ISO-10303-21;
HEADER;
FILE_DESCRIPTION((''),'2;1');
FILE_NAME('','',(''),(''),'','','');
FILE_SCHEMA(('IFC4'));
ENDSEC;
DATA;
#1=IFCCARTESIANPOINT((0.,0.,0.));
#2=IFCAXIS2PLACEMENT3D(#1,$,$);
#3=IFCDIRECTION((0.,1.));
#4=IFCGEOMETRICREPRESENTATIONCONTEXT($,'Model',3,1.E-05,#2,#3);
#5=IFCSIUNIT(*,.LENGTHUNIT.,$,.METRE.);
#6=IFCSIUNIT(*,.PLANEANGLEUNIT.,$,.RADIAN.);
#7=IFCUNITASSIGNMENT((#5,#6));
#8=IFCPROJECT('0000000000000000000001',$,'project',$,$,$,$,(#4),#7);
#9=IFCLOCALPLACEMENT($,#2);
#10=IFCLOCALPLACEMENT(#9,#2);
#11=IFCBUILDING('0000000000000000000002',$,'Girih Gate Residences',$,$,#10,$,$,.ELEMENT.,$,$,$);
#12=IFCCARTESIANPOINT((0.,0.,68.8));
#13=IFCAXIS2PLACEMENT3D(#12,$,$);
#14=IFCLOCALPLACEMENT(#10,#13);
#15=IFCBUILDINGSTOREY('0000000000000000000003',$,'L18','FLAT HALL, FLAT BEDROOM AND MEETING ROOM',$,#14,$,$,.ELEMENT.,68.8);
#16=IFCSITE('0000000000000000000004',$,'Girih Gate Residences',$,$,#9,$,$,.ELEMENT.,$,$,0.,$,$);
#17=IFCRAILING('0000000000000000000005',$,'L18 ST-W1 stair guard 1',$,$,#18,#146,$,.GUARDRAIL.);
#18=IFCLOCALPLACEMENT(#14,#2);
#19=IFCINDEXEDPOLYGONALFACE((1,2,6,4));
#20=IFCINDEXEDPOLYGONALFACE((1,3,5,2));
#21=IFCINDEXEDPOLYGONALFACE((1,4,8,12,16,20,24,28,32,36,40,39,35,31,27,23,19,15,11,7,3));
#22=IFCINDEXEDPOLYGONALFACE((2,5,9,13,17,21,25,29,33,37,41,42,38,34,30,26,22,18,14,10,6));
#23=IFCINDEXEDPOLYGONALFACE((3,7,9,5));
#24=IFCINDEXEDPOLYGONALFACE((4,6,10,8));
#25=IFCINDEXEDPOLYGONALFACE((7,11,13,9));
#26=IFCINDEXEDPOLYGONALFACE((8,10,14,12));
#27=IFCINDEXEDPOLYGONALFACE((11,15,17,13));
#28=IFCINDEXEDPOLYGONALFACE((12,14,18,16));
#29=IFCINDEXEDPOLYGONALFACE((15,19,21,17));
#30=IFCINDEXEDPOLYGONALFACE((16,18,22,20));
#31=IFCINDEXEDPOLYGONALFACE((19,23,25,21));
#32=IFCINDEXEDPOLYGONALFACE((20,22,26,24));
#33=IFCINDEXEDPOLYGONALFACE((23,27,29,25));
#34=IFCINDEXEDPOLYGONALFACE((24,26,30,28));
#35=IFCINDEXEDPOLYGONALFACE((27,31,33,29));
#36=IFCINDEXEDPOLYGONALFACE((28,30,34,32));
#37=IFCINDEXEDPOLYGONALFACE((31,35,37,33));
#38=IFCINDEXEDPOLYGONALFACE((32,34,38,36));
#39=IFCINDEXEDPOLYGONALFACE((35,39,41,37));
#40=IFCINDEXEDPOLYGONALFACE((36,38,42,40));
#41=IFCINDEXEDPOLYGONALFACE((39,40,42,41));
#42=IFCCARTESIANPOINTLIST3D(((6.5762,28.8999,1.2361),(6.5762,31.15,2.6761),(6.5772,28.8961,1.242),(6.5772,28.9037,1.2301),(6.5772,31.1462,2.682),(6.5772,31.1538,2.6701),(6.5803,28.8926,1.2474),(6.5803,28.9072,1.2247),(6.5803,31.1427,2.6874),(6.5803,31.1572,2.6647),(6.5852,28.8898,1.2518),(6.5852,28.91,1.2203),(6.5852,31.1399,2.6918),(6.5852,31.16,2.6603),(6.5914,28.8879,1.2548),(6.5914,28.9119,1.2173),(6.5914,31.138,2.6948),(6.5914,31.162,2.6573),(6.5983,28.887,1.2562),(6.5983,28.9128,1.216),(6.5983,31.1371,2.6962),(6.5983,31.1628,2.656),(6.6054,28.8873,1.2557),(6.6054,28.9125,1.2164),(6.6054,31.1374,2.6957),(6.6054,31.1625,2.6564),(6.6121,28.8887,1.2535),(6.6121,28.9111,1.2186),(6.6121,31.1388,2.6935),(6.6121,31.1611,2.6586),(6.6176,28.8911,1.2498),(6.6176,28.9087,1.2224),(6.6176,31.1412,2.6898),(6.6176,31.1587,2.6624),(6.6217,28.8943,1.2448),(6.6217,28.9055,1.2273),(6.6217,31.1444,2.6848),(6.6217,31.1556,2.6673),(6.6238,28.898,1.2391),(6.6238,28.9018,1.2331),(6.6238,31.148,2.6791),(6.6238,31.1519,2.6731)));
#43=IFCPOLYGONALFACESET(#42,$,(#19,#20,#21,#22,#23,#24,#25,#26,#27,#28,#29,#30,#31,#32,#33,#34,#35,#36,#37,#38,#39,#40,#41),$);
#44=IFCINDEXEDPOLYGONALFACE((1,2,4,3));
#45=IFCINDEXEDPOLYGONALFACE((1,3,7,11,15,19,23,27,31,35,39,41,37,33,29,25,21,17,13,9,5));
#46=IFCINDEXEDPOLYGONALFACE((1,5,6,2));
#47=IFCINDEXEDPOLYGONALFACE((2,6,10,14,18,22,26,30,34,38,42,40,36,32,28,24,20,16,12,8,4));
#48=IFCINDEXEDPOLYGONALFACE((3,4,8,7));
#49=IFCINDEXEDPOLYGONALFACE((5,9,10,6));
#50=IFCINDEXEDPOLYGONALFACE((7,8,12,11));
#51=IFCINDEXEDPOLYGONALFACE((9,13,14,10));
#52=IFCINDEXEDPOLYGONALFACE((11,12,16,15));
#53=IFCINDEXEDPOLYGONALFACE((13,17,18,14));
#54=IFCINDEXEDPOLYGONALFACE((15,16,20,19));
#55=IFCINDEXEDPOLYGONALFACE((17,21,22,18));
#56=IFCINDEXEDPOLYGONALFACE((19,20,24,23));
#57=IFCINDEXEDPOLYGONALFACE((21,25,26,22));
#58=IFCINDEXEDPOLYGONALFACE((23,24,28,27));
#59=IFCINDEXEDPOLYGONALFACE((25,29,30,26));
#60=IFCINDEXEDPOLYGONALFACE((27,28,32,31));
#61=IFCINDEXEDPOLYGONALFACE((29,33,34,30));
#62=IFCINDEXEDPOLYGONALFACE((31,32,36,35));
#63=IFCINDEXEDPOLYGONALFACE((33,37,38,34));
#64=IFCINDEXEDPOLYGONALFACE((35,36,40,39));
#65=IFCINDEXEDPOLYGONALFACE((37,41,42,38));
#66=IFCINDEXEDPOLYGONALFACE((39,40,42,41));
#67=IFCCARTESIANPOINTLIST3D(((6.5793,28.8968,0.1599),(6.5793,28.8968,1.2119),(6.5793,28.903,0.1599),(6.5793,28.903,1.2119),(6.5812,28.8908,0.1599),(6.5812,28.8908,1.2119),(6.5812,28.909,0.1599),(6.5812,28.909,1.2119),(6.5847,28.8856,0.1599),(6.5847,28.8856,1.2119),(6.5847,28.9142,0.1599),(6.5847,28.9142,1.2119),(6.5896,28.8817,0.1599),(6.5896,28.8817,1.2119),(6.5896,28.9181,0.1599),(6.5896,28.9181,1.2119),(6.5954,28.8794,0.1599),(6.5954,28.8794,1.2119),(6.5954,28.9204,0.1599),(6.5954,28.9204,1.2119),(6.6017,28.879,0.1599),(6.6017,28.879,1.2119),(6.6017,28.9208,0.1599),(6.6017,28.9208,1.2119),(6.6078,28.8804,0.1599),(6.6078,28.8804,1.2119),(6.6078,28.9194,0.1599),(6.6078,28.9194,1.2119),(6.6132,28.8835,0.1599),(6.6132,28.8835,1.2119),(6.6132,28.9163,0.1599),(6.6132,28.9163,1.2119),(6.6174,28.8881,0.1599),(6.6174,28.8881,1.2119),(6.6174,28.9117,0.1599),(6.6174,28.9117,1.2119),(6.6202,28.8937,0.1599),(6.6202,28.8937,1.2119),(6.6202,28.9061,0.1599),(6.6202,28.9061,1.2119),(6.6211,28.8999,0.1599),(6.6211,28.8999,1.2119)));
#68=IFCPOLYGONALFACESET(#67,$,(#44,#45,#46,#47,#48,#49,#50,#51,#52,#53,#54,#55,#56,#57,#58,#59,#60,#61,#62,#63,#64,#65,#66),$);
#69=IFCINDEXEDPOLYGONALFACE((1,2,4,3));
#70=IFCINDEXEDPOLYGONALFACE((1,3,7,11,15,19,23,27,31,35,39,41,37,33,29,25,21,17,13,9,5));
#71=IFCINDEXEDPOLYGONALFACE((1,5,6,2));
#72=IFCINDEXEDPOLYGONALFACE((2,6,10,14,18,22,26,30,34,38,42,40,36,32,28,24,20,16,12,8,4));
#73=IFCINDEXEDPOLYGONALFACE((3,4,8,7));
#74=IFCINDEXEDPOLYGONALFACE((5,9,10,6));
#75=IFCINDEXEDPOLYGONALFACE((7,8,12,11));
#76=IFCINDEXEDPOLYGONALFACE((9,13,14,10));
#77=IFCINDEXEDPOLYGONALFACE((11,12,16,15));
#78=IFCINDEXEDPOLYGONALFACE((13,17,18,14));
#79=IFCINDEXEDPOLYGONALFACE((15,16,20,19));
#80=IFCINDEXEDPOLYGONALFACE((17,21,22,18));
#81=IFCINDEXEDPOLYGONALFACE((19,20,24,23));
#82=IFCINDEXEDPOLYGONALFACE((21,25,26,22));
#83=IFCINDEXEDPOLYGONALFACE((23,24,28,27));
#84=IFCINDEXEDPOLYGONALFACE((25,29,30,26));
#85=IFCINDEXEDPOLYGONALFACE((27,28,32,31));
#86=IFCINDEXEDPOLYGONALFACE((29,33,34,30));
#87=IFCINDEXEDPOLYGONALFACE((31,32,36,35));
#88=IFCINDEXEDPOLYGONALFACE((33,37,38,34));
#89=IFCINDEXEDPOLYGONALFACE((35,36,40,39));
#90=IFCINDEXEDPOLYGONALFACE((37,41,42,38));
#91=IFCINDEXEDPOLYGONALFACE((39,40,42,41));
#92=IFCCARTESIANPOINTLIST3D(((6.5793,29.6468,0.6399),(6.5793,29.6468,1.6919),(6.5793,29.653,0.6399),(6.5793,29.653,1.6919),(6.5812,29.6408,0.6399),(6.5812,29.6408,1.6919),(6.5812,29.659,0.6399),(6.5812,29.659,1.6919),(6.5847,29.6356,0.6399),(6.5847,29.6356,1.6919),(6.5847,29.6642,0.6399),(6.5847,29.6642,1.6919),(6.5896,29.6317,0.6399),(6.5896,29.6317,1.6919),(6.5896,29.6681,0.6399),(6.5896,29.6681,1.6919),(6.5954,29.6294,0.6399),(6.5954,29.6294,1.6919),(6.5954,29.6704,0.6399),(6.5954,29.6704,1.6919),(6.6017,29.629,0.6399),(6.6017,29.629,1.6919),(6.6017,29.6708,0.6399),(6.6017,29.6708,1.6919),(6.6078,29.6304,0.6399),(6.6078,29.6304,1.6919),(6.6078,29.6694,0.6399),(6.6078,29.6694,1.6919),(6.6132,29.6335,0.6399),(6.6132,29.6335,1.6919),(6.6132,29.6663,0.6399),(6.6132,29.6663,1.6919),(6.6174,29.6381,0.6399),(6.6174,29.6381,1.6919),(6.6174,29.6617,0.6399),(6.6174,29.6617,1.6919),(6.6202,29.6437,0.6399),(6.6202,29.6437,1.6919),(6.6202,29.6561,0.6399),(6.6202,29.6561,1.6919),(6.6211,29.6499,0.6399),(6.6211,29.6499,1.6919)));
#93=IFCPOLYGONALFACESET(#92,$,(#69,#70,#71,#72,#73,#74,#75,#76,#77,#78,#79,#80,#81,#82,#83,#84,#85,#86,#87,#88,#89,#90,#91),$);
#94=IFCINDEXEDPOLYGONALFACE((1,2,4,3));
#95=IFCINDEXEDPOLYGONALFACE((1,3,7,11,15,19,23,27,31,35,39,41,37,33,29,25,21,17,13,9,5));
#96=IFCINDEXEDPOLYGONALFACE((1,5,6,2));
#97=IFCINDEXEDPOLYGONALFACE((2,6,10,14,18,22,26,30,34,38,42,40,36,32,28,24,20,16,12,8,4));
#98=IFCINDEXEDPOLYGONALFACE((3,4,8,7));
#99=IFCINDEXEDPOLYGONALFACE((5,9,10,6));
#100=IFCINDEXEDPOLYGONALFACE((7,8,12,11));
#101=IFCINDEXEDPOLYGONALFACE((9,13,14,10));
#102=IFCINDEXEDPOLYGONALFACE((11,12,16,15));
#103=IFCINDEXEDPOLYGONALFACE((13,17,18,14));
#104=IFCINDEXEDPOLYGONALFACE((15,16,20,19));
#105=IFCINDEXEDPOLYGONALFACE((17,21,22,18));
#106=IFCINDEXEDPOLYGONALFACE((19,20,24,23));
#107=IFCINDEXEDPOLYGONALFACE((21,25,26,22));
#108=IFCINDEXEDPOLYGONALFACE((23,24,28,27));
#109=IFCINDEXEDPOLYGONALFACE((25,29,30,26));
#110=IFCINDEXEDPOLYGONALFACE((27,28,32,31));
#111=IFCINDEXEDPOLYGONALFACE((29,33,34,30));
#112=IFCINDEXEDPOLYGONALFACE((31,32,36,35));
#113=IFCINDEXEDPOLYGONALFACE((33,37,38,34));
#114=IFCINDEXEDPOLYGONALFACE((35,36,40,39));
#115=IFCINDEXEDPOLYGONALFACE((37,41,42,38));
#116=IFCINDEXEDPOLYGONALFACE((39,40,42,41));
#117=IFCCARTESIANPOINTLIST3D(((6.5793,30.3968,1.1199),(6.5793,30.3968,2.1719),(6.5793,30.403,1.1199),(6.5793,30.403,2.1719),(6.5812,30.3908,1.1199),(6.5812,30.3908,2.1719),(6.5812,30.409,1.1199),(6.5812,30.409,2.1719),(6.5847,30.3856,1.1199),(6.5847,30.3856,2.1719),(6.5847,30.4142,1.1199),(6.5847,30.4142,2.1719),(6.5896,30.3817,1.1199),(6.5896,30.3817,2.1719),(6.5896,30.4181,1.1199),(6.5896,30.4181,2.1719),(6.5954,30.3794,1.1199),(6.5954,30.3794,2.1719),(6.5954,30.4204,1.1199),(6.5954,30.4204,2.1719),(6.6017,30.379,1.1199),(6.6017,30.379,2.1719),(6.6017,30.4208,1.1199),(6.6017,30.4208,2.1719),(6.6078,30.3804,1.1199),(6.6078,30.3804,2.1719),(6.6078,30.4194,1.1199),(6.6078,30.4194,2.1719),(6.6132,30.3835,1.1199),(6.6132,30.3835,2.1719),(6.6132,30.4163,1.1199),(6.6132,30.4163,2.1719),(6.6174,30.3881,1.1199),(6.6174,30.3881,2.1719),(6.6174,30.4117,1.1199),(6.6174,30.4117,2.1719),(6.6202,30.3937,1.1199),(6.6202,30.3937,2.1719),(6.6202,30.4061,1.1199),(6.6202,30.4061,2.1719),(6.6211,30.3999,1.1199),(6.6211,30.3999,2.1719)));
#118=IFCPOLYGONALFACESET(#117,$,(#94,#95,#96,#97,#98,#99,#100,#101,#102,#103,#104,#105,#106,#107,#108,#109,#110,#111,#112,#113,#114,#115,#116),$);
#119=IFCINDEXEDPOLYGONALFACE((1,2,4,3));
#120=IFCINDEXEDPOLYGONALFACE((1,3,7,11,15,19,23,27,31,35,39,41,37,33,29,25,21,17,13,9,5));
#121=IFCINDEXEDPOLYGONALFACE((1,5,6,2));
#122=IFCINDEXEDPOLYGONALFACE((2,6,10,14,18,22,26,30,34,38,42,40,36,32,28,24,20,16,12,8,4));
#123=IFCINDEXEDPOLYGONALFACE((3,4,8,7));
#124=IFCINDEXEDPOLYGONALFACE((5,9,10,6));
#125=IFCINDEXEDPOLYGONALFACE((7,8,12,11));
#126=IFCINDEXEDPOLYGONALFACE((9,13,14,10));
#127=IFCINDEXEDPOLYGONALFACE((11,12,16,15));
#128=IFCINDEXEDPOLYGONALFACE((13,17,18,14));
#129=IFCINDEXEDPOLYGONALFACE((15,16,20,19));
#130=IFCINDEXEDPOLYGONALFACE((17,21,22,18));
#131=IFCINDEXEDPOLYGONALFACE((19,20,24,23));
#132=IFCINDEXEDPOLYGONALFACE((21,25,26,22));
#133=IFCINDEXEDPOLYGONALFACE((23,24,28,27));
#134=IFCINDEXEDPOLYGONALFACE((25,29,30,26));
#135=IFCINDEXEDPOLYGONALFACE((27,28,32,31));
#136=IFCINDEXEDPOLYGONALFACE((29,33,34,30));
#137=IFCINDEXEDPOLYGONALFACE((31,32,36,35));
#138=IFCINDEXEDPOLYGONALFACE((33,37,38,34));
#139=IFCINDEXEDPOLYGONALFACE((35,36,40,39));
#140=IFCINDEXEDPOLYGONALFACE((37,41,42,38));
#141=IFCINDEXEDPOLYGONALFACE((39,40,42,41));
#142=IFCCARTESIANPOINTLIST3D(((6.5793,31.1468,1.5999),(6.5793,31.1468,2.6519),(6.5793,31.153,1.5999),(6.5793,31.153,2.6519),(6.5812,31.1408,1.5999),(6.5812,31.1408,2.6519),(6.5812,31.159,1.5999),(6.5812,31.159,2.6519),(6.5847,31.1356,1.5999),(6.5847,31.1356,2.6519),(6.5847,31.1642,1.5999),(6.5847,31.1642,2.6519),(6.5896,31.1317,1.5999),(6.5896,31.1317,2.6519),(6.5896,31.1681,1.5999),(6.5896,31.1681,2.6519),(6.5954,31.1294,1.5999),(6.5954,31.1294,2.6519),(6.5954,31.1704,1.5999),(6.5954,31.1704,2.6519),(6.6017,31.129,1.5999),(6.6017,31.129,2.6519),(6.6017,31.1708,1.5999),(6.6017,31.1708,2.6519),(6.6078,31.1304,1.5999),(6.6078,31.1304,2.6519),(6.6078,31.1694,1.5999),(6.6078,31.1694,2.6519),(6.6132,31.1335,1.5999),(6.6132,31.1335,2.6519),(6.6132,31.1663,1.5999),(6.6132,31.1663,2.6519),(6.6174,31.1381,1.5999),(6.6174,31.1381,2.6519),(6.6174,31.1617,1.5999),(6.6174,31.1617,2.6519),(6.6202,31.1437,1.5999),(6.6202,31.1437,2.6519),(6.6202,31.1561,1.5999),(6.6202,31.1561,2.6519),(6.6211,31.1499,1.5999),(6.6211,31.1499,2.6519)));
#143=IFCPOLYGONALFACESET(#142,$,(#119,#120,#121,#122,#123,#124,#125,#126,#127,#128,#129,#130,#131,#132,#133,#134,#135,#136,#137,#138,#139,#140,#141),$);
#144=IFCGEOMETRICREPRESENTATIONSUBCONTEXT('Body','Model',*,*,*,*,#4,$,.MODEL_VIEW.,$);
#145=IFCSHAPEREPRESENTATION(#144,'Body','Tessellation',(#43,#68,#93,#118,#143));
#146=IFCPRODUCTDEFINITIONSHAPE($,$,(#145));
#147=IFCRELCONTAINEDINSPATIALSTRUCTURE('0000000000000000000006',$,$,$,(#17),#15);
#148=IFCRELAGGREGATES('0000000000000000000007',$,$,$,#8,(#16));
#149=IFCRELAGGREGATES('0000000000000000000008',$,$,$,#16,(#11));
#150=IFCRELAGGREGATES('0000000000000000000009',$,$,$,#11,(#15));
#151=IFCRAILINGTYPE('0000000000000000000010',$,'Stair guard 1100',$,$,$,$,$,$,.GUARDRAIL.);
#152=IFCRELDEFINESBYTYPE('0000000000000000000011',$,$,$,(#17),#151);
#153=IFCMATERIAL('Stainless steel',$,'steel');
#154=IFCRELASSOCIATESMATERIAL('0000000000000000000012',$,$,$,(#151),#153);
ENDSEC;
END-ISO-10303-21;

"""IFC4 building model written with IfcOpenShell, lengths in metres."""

from ifc_helpers import new_model, si_unit, direction, frame, origin, origin_2d, place, context, subcontext, project, spatial, circle, extrude, material, type_object, element, save


model = new_model("IFC4")

# Units and contexts
model_context = context("Model", 3, precision=1e-05, world=origin(), true_north=direction((0.0, 1.0)))
body_context = subcontext(model_context, "Body", "Model", "MODEL_VIEW")
ifc_project = project(units=[si_unit("LENGTHUNIT", "METRE"), si_unit("PLANEANGLEUNIT", "RADIAN")], contexts=[model_context])

# Site, building, storey
site_placement = place(None, origin())
site = spatial("IfcSite", under=ifc_project, at=site_placement, Name="Girih Gate Residences", CompositionType="ELEMENT", RefElevation=0.0)
building_placement = place(site_placement, origin())
building = spatial("IfcBuilding", under=site, at=building_placement, Name="Girih Gate Residences", CompositionType="ELEMENT")
storey_placement = place(building_placement, frame((0.0, 0.0, 68.8)))
storey = spatial("IfcBuildingStorey", under=building, at=storey_placement, Name="L18", Description="FLAT HALL, FLAT BEDROOM AND MEETING ROOM", CompositionType="ELEMENT", Elevation=68.8)

# Railing
ifc_material_1 = material(Name="Stainless steel", Category="steel")
railing_type_1 = type_object("IfcRailingType", Name="Stair guard 1100", PredefinedType="GUARDRAIL", material=ifc_material_1)
railing_1_placement = place(storey_placement, frame((6.6001, 28.8999, 0.1599)))
element("IfcRailing", 1, at=railing_1_placement, inside=storey, type_object=railing_type_1, Name="L18 ST-W1 stair guard 1", PredefinedType="GUARDRAIL", context=body_context, shape_type="SweptSolid", body=[
    extrude(circle(Radius=0.0239, at=origin_2d()), frame((0.0, 0.0, 1.0762), z_axis=(0.0, 0.842281, 0.539038), x_axis=(-1.0, 0.0, 0.0)), (0.0, 0.0, 1.0), 2.6714),
    extrude(circle(Radius=0.021, at=origin_2d()), origin(), (0.0, 0.0, 1.0), 1.052),
    extrude(circle(Radius=0.021, at=origin_2d()), frame((0.0, 0.75, 0.48)), (0.0, 0.0, 1.0), 1.052),
    extrude(circle(Radius=0.021, at=origin_2d()), frame((0.0, 1.5, 0.96)), (0.0, 0.0, 1.0), 1.052),
    extrude(circle(Radius=0.021, at=origin_2d()), frame((0.0, 2.25, 1.4399)), (0.0, 0.0, 1.0), 1.052),
])

save(model, "model.ifc")
